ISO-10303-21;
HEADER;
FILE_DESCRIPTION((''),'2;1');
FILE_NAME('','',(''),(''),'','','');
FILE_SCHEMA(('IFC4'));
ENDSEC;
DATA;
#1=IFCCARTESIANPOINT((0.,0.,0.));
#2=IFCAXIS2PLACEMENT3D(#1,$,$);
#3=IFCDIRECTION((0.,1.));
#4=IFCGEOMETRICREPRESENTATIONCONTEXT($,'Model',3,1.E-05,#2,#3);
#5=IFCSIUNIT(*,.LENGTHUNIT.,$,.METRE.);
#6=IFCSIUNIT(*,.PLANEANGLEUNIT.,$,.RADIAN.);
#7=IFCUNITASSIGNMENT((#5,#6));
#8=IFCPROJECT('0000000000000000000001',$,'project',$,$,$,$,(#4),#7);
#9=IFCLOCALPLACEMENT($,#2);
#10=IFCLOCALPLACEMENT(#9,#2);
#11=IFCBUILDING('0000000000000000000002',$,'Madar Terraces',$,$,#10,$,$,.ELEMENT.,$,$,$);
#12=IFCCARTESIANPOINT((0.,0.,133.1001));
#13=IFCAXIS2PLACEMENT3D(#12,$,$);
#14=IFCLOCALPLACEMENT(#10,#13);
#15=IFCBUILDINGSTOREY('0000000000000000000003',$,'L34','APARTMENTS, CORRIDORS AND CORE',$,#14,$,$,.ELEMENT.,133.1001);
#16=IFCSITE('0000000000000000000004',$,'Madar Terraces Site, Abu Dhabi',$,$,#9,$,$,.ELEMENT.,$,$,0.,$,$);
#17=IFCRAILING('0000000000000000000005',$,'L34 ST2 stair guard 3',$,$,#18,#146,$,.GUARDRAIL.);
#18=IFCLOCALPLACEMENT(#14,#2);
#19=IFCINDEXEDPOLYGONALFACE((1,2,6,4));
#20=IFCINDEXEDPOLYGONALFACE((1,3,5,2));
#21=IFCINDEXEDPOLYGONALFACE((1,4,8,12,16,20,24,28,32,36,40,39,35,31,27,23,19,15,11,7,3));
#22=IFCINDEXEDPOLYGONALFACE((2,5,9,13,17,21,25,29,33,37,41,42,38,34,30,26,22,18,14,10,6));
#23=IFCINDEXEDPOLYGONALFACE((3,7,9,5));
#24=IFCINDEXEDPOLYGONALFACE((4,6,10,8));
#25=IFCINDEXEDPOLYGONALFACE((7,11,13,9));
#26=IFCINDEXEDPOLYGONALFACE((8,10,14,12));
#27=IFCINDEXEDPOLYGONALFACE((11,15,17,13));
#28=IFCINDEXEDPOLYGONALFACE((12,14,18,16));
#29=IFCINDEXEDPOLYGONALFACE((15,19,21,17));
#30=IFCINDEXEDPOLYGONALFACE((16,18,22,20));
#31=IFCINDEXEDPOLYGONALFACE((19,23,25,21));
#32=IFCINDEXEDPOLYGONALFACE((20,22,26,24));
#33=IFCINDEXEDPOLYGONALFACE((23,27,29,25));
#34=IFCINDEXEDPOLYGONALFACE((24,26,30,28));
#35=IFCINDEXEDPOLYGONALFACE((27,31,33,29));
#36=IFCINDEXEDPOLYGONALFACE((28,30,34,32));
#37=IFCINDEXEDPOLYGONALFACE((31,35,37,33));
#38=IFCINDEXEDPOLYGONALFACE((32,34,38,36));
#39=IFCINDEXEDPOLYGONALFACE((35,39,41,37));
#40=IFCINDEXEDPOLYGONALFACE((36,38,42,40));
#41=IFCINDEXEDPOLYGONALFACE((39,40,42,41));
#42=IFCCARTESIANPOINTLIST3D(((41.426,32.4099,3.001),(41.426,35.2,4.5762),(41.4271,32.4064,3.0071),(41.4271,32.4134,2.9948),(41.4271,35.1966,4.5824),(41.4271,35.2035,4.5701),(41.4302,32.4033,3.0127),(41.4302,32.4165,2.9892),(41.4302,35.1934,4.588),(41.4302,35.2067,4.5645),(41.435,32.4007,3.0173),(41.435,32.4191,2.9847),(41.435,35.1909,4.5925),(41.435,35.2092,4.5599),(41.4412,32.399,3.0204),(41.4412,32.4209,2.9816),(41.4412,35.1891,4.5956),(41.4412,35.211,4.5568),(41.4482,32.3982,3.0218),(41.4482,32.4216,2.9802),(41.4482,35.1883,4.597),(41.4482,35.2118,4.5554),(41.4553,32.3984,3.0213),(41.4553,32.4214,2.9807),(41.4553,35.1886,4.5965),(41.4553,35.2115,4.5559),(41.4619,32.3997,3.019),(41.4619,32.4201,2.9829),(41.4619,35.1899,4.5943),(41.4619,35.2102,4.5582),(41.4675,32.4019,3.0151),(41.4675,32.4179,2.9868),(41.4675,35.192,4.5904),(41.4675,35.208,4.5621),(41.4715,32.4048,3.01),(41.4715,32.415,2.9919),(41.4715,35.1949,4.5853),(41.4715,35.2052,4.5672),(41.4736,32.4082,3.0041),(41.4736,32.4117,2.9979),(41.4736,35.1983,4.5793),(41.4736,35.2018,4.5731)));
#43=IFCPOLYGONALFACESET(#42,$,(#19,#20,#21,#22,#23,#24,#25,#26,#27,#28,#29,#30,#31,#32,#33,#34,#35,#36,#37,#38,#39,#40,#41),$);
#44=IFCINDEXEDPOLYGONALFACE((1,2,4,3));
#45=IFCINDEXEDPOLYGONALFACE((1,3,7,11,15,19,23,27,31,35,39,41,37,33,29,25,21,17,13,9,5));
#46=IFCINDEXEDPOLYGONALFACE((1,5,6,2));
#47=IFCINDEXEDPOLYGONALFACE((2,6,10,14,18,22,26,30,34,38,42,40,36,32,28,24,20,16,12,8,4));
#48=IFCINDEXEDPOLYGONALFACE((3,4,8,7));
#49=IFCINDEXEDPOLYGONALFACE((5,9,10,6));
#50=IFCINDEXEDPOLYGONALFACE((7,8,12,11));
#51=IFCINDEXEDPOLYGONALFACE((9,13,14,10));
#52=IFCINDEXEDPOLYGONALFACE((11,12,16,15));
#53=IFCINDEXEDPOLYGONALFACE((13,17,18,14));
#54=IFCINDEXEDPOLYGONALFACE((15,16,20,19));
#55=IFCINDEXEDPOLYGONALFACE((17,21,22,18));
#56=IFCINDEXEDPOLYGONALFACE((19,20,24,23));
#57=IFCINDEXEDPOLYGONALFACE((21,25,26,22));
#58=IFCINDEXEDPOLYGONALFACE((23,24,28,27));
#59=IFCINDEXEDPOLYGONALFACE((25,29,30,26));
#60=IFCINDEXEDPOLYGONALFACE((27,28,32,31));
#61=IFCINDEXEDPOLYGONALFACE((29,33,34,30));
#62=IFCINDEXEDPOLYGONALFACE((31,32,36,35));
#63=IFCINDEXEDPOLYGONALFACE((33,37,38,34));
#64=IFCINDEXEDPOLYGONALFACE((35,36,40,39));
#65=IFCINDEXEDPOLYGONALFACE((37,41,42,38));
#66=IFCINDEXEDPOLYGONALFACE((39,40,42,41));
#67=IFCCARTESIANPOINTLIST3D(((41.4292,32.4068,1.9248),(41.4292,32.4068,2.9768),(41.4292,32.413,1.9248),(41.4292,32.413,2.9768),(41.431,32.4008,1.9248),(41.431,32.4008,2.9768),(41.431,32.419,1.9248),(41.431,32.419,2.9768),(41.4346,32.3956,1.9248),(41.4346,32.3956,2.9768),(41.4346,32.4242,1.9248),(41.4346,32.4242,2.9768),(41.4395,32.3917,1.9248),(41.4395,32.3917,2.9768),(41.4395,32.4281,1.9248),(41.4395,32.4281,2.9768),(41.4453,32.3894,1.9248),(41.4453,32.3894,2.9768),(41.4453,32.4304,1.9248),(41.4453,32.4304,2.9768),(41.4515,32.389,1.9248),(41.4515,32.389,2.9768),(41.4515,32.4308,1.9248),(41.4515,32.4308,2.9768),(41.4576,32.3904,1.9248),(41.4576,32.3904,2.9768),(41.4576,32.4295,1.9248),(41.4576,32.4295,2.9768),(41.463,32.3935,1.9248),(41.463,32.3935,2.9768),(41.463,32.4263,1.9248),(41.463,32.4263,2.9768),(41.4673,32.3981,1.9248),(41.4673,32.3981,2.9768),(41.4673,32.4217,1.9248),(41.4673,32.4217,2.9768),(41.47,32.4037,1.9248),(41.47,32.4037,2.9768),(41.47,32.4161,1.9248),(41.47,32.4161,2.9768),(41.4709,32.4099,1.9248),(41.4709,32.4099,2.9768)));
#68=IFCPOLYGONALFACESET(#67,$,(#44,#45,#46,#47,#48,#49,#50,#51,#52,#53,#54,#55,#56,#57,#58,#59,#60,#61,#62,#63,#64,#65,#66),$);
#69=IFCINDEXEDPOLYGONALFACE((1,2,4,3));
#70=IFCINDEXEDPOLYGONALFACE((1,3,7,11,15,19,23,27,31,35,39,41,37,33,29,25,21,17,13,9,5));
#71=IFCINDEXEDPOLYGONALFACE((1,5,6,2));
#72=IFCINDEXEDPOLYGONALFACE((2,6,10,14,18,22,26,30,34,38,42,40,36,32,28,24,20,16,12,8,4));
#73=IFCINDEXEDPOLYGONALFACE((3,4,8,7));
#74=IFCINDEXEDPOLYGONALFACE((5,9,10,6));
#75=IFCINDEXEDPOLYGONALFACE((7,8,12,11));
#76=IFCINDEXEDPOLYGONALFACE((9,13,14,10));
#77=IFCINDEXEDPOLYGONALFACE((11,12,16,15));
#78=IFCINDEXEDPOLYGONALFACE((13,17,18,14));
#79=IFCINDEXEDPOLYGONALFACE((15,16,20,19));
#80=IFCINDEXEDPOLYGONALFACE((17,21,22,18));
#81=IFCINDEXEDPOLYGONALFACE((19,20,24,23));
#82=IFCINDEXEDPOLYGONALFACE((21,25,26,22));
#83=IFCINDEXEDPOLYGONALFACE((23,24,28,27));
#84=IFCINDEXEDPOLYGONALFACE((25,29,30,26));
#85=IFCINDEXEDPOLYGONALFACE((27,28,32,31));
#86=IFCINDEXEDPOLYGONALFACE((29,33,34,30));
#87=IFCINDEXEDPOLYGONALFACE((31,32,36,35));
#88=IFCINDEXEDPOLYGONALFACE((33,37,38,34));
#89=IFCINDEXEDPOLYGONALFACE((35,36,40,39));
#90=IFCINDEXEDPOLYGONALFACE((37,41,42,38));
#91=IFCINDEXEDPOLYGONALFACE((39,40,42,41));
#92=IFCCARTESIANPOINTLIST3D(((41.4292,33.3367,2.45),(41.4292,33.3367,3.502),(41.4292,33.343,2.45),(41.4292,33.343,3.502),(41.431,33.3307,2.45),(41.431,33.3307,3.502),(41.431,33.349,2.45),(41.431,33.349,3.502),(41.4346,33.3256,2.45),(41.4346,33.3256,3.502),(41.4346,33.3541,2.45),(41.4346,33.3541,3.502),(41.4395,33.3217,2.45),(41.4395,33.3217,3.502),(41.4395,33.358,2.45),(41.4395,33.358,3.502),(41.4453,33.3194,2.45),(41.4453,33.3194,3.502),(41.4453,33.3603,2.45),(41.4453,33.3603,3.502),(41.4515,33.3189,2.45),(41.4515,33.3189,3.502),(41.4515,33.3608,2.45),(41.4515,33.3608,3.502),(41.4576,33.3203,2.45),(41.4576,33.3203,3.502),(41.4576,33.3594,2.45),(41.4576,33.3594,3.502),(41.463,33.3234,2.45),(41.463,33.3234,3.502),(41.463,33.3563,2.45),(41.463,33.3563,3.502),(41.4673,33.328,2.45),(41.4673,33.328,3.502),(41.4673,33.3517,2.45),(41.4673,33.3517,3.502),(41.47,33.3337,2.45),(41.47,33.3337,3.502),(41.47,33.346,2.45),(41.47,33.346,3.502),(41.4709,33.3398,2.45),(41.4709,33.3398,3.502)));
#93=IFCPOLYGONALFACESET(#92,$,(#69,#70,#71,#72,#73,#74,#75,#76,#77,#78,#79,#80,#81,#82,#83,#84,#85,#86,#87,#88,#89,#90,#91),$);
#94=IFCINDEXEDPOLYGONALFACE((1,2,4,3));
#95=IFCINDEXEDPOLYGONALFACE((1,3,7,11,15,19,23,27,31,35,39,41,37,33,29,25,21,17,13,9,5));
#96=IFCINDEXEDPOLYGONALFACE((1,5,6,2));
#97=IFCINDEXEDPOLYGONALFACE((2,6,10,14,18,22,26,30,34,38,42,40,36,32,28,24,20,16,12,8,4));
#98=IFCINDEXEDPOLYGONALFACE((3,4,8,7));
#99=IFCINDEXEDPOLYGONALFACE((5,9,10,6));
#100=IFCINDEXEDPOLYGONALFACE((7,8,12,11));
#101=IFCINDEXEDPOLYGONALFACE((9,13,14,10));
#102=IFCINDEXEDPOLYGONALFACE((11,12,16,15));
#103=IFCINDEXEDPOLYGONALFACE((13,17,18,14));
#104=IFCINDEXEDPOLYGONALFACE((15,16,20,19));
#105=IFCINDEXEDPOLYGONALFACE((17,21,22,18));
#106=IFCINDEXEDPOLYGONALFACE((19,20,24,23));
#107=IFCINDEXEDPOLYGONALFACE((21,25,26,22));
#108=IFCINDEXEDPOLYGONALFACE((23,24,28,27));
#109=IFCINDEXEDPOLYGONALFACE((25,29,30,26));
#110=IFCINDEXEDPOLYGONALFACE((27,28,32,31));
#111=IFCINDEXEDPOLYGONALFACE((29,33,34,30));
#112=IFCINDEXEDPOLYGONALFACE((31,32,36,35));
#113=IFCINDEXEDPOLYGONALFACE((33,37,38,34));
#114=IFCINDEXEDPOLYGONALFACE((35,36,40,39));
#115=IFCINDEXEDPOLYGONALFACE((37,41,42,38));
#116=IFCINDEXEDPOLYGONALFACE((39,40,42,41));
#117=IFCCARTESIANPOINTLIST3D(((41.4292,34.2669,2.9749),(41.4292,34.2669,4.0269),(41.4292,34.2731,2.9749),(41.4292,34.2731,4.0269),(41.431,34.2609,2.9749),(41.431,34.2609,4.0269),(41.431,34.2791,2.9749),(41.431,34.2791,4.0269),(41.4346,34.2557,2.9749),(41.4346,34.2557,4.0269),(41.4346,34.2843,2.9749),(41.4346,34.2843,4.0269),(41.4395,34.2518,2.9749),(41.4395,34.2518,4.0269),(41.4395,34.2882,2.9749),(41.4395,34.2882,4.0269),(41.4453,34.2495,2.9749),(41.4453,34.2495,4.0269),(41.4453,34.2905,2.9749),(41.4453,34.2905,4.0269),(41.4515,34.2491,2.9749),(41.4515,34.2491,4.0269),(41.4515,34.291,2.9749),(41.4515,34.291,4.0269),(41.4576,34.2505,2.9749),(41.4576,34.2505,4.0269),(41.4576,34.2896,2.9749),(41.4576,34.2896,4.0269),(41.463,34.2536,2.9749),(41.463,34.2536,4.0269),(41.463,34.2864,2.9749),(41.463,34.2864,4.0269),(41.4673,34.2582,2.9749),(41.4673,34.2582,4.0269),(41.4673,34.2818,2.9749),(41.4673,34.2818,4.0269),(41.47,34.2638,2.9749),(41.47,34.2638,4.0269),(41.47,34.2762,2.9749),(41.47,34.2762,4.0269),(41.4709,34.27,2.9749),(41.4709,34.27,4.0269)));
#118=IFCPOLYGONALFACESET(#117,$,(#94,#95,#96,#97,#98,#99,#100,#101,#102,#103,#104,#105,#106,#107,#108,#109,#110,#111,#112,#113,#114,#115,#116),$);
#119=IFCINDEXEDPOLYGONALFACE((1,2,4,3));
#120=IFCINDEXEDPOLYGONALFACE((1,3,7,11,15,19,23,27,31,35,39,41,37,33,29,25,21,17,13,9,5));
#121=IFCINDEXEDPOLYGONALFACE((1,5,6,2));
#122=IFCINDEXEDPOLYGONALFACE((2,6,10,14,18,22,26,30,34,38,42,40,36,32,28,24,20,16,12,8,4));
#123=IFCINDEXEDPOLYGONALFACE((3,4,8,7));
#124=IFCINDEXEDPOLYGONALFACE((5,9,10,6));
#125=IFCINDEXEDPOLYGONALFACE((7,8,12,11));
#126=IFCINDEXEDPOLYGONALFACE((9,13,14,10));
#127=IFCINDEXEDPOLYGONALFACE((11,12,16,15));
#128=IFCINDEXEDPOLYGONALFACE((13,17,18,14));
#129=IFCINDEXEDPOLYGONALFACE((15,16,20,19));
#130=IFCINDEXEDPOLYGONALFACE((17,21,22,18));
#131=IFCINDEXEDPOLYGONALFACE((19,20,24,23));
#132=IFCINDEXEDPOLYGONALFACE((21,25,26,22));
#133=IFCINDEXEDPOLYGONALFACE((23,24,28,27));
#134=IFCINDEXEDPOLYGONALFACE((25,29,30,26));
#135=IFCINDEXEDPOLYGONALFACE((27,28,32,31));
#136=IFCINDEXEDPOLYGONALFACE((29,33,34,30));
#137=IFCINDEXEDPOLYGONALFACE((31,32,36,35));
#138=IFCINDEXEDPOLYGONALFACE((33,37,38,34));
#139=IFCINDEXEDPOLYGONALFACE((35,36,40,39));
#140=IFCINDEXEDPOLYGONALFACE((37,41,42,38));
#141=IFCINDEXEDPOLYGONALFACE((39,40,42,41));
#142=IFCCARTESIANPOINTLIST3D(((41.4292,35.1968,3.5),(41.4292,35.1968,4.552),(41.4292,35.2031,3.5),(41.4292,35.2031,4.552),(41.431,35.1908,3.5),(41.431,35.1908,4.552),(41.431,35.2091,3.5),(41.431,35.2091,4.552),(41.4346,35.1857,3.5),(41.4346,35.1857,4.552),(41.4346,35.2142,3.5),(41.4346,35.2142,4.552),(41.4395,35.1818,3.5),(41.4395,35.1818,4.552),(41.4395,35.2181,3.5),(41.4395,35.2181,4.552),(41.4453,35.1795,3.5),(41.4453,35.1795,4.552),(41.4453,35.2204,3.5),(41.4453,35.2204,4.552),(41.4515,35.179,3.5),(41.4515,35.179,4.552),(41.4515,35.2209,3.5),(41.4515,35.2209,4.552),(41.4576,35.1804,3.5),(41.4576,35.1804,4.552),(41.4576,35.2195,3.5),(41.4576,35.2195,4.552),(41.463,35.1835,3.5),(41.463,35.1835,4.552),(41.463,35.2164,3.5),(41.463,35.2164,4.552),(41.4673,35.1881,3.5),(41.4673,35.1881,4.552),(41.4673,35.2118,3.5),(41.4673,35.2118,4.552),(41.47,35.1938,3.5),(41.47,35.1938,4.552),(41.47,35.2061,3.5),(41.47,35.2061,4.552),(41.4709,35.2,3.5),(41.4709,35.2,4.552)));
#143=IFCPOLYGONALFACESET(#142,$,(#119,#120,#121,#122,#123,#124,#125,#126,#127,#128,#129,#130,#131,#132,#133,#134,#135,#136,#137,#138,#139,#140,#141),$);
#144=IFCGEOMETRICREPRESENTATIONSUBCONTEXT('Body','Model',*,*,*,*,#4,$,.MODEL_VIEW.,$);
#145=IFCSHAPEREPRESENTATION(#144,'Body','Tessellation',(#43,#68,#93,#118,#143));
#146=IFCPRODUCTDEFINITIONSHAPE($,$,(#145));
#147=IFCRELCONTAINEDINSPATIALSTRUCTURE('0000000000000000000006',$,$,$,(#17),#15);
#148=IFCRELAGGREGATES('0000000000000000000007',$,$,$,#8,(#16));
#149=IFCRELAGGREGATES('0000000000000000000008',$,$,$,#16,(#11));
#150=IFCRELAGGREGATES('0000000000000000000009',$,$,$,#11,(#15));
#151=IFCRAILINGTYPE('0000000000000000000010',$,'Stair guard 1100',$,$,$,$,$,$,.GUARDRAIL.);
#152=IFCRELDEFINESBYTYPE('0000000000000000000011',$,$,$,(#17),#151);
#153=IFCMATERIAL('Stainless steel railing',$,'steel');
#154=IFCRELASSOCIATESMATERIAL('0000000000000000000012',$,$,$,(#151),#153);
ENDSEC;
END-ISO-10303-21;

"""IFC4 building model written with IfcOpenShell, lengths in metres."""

from ifc_helpers import new_model, si_unit, direction, frame, origin, origin_2d, place, context, subcontext, project, spatial, circle, extrude, material, type_object, element, save


model = new_model("IFC4")

# Units and contexts
model_context = context("Model", 3, precision=1e-05, world=origin(), true_north=direction((0.0, 1.0)))
body_context = subcontext(model_context, "Body", "Model", "MODEL_VIEW")
ifc_project = project(units=[si_unit("LENGTHUNIT", "METRE"), si_unit("PLANEANGLEUNIT", "RADIAN")], contexts=[model_context])

# Site, building, storey
site_placement = place(None, origin())
site = spatial("IfcSite", under=ifc_project, at=site_placement, Name="Madar Terraces Site, Abu Dhabi", CompositionType="ELEMENT", RefElevation=0.0)
building_placement = place(site_placement, origin())
building = spatial("IfcBuilding", under=site, at=building_placement, Name="Madar Terraces", CompositionType="ELEMENT")
storey_placement = place(building_placement, frame((0.0, 0.0, 133.1001)))
storey = spatial("IfcBuildingStorey", under=building, at=storey_placement, Name="L34", Description="APARTMENTS, CORRIDORS AND CORE", CompositionType="ELEMENT", Elevation=133.1001)

# Railing
ifc_material_1 = material(Name="Stainless steel railing", Category="steel")
railing_type_1 = type_object("IfcRailingType", Name="Stair guard 1100", PredefinedType="GUARDRAIL", material=ifc_material_1)
railing_1_placement = place(storey_placement, frame((41.45, 32.4099, 1.9248)))
element("IfcRailing", 1, at=railing_1_placement, inside=storey, type_object=railing_type_1, Name="L34 ST2 stair guard 3", PredefinedType="GUARDRAIL", context=body_context, shape_type="SweptSolid", body=[
    extrude(circle(Radius=0.0239, at=origin_2d()), frame((0.0, 0.0, 1.0762), z_axis=(0.0, 0.870801, 0.491635), x_axis=(-1.0, 0.0, 0.0)), (0.0, 0.0, 1.0), 3.2041),
    extrude(circle(Radius=0.021, at=origin_2d()), origin(), (0.0, 0.0, 1.0), 1.052),
    extrude(circle(Radius=0.021, at=origin_2d()), frame((0.0, 0.9299, 0.5251)), (0.0, 0.0, 1.0), 1.052),
    extrude(circle(Radius=0.021, at=origin_2d()), frame((0.0, 1.8601, 1.05)), (0.0, 0.0, 1.0), 1.052),
    extrude(circle(Radius=0.021, at=origin_2d()), frame((0.0, 2.79, 1.5752)), (0.0, 0.0, 1.0), 1.052),
])

save(model, "model.ifc")
